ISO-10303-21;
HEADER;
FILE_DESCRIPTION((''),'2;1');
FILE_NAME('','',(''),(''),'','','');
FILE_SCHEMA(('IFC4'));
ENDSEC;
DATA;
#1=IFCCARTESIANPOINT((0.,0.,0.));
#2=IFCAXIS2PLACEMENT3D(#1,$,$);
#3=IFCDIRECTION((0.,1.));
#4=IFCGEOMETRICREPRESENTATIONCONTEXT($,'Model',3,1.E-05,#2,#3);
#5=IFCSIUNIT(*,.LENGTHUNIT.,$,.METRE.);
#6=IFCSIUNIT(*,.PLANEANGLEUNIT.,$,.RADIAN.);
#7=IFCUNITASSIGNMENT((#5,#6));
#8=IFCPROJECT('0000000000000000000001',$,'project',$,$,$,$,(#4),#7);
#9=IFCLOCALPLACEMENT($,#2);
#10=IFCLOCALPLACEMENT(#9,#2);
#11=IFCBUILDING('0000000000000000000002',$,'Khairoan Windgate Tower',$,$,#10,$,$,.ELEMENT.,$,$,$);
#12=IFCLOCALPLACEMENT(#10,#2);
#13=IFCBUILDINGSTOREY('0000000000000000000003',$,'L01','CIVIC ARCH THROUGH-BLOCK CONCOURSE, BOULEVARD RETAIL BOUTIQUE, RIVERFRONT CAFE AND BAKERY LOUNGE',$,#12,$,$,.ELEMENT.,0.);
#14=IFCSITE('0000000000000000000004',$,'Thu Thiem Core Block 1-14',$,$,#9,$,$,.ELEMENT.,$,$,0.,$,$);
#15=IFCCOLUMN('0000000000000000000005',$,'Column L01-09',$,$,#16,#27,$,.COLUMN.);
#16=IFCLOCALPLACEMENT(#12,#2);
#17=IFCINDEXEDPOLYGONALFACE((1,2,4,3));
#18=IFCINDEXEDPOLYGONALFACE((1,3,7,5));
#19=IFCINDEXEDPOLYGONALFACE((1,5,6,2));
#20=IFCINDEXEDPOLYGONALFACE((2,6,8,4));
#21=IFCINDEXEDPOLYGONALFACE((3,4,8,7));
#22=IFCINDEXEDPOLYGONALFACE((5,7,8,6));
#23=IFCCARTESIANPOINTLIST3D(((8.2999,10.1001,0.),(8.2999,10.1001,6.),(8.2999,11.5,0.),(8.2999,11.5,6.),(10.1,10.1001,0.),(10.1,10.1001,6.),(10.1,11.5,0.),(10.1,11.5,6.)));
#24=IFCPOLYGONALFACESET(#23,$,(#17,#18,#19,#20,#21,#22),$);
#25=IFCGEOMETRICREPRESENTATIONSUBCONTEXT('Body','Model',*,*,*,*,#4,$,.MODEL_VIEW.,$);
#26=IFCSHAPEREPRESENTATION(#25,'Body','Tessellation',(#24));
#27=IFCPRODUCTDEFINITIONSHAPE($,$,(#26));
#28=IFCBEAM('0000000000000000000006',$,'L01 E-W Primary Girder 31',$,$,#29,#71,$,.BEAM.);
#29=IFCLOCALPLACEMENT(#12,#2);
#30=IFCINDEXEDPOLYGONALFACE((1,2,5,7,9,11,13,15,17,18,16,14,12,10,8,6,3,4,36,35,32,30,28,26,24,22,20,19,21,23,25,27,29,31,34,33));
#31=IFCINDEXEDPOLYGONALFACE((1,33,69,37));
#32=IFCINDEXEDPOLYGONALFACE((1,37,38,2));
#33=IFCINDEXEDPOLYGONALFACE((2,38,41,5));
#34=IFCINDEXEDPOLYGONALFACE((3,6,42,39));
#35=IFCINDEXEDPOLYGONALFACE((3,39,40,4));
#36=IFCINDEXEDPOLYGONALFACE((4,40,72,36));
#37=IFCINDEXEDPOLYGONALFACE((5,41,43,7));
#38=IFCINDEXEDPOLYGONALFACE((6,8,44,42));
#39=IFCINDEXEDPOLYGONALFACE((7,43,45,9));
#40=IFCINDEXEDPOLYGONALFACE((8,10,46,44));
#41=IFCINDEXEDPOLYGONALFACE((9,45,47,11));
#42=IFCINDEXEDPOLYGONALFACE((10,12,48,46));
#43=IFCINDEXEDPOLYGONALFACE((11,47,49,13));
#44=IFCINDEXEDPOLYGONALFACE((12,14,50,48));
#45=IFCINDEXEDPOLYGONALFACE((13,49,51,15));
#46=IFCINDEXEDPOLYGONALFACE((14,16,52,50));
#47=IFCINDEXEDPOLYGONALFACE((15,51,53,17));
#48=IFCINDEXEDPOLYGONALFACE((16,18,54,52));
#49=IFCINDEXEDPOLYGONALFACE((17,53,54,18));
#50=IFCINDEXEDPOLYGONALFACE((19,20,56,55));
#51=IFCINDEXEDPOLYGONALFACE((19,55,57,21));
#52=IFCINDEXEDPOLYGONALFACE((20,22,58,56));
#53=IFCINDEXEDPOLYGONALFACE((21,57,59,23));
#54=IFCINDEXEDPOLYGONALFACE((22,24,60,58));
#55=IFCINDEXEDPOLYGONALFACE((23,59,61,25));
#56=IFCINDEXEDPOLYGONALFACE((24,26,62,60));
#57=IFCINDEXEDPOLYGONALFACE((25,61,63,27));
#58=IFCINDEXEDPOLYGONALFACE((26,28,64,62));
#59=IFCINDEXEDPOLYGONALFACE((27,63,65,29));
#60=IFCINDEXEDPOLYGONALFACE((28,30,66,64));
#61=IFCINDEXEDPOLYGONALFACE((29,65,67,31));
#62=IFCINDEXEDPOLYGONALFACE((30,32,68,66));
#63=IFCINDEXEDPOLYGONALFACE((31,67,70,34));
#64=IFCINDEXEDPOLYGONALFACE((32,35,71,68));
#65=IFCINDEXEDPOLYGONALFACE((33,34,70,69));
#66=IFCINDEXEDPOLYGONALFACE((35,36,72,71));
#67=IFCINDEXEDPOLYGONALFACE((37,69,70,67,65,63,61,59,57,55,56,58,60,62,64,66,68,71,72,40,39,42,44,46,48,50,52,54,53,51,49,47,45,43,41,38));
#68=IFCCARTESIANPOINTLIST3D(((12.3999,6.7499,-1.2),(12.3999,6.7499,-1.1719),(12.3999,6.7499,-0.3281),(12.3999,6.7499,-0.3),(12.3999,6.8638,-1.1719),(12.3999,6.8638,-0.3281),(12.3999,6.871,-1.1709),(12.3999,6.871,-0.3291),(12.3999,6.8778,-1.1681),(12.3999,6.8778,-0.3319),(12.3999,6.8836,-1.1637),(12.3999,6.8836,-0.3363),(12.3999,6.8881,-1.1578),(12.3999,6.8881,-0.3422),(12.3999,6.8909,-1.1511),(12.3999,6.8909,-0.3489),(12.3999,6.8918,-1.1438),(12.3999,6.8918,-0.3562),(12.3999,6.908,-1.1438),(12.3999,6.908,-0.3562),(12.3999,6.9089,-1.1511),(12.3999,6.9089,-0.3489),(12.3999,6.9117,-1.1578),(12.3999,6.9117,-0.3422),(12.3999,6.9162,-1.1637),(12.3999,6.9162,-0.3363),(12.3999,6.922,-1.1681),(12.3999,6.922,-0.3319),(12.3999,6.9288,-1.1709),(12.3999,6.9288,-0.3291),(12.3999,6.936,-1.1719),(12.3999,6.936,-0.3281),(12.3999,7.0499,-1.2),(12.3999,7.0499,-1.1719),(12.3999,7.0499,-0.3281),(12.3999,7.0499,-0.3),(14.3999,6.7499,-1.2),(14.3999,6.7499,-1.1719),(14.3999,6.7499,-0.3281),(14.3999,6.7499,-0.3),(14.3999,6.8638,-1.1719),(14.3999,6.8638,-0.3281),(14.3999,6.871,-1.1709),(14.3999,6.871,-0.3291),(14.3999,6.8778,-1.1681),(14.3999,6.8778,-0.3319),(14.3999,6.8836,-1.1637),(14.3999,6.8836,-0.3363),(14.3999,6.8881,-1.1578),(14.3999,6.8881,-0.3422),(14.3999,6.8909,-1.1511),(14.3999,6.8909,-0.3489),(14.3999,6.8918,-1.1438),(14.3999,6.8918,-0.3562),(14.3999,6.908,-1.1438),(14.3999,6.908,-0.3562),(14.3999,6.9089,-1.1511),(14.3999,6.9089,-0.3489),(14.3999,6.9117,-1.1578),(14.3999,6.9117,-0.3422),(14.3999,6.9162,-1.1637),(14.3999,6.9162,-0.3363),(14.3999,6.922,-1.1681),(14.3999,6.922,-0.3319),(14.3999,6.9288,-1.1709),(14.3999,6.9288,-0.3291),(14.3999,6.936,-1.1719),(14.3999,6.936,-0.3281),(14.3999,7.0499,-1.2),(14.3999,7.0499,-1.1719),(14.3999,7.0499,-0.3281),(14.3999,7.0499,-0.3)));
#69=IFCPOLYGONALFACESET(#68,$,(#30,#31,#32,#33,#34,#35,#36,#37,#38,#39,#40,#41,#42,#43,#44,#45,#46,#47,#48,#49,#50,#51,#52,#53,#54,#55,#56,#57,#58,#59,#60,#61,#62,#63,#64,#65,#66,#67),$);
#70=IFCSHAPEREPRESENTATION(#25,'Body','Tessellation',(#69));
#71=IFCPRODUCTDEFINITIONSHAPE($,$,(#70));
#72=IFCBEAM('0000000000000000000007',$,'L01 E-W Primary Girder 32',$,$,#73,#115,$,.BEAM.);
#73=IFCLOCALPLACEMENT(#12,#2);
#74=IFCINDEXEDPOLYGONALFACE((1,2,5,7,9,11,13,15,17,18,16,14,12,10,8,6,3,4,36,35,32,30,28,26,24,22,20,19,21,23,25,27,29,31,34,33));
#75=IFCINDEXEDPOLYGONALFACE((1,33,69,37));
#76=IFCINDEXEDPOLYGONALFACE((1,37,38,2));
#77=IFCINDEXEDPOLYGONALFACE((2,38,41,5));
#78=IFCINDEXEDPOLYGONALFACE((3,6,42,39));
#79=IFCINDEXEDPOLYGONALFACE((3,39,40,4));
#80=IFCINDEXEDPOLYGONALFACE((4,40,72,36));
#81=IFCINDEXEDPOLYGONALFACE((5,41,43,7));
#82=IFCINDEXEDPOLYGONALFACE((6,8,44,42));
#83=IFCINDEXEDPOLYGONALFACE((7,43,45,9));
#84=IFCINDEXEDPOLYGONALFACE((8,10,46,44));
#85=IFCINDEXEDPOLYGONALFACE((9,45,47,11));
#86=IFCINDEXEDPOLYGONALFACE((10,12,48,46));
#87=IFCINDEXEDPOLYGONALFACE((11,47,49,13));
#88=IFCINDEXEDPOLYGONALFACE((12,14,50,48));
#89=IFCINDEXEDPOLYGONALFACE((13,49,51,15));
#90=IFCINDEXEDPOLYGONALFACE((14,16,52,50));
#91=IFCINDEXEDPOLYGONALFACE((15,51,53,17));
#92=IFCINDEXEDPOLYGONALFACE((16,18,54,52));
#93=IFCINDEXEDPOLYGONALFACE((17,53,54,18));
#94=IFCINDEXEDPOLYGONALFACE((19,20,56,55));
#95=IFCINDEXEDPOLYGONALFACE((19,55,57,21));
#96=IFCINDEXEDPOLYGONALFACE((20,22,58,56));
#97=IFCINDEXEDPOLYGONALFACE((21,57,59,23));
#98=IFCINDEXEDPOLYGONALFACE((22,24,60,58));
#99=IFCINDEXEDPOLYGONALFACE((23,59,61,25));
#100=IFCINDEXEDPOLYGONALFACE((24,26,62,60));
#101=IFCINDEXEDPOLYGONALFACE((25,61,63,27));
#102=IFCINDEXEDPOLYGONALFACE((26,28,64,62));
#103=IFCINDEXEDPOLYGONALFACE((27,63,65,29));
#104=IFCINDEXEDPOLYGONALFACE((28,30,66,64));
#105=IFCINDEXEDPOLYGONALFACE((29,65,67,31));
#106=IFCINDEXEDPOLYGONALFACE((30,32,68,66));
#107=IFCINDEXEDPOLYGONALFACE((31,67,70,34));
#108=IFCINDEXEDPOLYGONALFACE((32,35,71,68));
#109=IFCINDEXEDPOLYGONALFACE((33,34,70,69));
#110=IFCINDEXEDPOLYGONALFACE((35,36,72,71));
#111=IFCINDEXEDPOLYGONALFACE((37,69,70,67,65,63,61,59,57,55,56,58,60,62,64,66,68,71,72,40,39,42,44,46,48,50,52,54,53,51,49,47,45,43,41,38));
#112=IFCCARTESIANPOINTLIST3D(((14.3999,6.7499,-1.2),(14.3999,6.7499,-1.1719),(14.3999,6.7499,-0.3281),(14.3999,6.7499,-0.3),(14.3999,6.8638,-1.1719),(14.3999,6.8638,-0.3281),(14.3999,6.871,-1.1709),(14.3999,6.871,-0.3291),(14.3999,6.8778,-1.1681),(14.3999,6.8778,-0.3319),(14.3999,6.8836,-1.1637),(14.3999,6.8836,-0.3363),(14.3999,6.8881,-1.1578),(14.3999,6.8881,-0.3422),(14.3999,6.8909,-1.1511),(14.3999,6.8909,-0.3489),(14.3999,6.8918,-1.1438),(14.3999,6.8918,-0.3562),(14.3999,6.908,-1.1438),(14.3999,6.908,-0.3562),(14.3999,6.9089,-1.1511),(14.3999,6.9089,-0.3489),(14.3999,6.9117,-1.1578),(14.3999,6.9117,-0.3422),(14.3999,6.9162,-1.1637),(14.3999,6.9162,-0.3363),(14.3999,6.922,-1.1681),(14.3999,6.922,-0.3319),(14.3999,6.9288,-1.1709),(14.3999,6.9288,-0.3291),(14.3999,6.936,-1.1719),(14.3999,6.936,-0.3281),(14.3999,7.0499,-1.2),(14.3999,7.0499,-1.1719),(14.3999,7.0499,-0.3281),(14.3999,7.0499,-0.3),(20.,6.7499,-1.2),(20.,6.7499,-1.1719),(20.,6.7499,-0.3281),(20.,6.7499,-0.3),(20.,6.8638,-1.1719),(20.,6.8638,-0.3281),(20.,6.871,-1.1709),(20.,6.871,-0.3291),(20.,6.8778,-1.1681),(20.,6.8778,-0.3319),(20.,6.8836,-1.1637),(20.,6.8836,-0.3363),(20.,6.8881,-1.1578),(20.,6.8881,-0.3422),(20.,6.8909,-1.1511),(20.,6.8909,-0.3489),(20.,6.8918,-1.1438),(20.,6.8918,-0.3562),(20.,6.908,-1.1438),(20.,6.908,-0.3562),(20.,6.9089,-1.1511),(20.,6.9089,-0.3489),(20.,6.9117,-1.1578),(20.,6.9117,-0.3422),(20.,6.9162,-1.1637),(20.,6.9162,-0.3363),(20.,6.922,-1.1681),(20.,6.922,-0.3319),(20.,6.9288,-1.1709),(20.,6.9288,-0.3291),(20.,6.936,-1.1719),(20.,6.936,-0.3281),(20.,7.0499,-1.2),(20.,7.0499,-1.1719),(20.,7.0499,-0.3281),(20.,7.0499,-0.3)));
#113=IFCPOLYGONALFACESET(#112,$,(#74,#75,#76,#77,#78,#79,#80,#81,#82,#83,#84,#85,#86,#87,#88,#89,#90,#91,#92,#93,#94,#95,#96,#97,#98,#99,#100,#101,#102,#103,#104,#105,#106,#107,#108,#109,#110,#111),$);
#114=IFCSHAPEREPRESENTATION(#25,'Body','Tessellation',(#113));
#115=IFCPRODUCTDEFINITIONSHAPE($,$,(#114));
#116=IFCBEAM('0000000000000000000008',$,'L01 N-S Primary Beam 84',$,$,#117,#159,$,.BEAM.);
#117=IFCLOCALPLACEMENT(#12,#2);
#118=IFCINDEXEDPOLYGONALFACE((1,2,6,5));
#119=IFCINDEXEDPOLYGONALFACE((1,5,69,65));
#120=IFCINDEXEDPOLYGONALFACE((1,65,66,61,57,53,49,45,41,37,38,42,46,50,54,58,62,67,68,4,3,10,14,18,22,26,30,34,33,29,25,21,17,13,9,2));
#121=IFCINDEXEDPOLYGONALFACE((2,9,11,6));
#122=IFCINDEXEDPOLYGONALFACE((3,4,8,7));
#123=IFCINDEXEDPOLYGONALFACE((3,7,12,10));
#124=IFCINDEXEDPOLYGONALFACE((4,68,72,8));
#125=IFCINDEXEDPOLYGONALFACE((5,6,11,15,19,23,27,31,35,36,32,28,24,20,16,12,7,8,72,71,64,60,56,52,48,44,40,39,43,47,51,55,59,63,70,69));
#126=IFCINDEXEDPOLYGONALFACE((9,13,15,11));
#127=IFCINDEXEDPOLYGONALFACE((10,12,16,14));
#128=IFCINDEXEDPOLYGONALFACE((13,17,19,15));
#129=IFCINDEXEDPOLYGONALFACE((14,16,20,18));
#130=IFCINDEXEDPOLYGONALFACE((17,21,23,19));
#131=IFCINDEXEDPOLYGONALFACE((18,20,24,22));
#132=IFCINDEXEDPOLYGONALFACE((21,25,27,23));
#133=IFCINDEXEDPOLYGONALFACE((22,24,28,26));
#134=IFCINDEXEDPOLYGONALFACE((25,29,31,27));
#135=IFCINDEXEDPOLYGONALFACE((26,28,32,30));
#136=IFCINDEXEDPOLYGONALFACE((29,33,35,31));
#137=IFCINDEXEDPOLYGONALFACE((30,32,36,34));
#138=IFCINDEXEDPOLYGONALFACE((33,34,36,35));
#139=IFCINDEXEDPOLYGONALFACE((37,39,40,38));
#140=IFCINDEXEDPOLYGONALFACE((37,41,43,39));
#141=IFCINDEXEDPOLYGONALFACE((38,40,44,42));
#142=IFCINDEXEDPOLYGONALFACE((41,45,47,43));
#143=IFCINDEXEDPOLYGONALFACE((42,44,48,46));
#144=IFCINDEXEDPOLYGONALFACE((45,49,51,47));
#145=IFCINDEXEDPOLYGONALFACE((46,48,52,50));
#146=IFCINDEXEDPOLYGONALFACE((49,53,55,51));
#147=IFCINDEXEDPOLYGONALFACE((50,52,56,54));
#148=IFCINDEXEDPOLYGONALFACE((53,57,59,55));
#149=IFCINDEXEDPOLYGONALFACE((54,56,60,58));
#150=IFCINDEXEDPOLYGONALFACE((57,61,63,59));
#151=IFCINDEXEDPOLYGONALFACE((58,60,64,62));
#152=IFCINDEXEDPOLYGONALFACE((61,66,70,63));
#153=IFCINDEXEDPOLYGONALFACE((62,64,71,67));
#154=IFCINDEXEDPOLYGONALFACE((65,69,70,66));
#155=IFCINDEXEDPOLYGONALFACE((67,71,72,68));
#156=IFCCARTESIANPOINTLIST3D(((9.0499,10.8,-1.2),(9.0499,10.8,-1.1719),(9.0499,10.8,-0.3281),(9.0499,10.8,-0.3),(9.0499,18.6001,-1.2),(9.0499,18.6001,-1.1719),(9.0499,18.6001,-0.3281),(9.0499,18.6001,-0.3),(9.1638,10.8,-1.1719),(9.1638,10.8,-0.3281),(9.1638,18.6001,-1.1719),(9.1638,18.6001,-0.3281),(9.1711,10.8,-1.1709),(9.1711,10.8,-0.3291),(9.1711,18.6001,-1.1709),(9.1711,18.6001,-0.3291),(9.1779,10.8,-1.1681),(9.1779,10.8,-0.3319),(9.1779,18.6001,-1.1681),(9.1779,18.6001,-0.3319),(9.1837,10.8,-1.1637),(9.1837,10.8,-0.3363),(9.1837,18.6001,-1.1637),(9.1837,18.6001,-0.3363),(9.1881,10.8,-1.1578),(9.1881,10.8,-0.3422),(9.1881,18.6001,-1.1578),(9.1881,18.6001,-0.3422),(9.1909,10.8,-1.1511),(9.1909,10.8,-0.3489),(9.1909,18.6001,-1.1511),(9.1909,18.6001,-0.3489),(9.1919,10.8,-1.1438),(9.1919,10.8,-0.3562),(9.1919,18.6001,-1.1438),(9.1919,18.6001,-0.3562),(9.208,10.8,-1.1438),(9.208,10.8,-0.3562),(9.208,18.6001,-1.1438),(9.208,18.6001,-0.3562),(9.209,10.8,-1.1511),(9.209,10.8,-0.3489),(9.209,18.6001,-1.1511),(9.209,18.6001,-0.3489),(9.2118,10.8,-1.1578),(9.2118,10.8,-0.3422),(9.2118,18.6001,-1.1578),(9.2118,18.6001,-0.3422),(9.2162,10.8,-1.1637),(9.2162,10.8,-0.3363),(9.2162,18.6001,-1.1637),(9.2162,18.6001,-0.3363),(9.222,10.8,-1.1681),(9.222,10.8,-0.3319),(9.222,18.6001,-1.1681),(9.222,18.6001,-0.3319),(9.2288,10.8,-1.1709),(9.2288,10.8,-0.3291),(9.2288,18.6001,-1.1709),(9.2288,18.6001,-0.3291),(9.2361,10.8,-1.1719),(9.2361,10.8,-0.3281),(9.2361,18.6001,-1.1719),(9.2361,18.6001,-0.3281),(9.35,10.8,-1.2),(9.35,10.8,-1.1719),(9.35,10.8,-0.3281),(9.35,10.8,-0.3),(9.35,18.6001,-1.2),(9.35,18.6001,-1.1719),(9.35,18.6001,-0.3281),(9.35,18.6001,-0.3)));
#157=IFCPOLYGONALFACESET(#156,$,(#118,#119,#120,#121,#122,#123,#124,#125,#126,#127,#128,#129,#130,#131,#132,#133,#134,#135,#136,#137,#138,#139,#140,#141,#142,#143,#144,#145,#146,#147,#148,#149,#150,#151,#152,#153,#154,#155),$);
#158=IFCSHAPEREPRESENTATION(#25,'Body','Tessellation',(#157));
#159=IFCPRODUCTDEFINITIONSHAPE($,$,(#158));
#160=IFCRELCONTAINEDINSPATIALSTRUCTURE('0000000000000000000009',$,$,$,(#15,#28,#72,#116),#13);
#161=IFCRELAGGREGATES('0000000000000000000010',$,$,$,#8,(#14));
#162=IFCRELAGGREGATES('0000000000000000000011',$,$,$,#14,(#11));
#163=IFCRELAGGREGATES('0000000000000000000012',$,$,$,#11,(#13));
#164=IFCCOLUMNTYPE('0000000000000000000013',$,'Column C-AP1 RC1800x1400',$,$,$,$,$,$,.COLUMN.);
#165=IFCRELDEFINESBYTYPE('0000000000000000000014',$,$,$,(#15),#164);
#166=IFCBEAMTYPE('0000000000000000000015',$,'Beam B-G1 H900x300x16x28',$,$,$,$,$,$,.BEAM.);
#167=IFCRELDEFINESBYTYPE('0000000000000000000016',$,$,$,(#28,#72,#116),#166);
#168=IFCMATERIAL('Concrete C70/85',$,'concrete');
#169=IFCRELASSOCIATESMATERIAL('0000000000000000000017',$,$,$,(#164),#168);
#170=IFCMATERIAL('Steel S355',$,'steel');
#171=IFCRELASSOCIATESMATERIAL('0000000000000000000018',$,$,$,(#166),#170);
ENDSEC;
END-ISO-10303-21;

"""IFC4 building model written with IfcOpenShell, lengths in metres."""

from ifc_helpers import new_model, si_unit, direction, frame, origin, origin_2d, place, context, subcontext, project, spatial, rectangle, i_section, extrude, material, material_profile, profile_set, type_object, element, save


model = new_model("IFC4")

# Units and contexts
model_context = context("Model", 3, precision=1e-05, world=origin(), true_north=direction((0.0, 1.0)))
body_context = subcontext(model_context, "Body", "Model", "MODEL_VIEW")
ifc_project = project(units=[si_unit("LENGTHUNIT", "METRE"), si_unit("PLANEANGLEUNIT", "RADIAN")], contexts=[model_context])

# Site, building, storey
site_placement = place(None, origin())
site = spatial("IfcSite", under=ifc_project, at=site_placement, Name="Thu Thiem Core Block 1-14", CompositionType="ELEMENT", RefElevation=0.0)
building_placement = place(site_placement, origin())
building = spatial("IfcBuilding", under=site, at=building_placement, Name="Khairoan Windgate Tower", CompositionType="ELEMENT")
storey_placement = place(building_placement, origin())
storey = spatial("IfcBuildingStorey", under=building, at=storey_placement, Name="L01", Description="CIVIC ARCH THROUGH-BLOCK CONCOURSE, BOULEVARD RETAIL BOUTIQUE, RIVERFRONT CAFE AND BAKERY LOUNGE", CompositionType="ELEMENT", Elevation=0.0)

# Column
ifc_material_1 = material(Name="Concrete C70/85", Category="concrete")
ifc_material_profile_1 = material_profile(ifc_material_1, rectangle(XDim=1.8, YDim=1.3999, at=origin_2d()))
ifc_profile_set_1 = profile_set([ifc_material_profile_1], Name="Concrete C70/85")
column_type = type_object("IfcColumnType", Name="Column C-AP1 RC1800x1400", PredefinedType="COLUMN", material=ifc_profile_set_1)
column_placement = place(storey_placement, frame((9.2, 10.8, 0.0), z_axis=(0.0, 0.0, 1.0), x_axis=(1.0, 0.0, 0.0)))
element("IfcColumn", 1, at=column_placement, inside=storey, type_object=column_type, Name="Column L01-09", PredefinedType="COLUMN", context=body_context, shape_type="SweptSolid", body=[
    extrude(rectangle(XDim=1.8, YDim=1.3999, at=origin_2d()), origin(), (0.0, 0.0, 1.0), 6.0),
])

# Beams
ifc_material_2 = material(Name="Steel S355", Category="steel")
ifc_material_profile_2 = material_profile(ifc_material_2, i_section(OverallWidth=0.3, OverallDepth=0.8999, WebThickness=0.0161, FlangeThickness=0.0281, FilletRadius=0.0281, at=origin_2d()))
ifc_profile_set_2 = profile_set([ifc_material_profile_2], Name="Steel S355")
beam_type_1 = type_object("IfcBeamType", Name="Beam B-G1 H900x300x16x28", PredefinedType="BEAM", material=ifc_profile_set_2)
beam_1_placement = place(storey_placement, frame((12.3999, 6.8999, -0.75), z_axis=(1.0, 0.0, 0.0), x_axis=(0.0, 1.0, 0.0)))
element("IfcBeam", 2, at=beam_1_placement, inside=storey, type_object=beam_type_1, Name="L01 E-W Primary Girder 31", PredefinedType="BEAM", context=body_context, shape_type="SweptSolid", body=[
    extrude(i_section(OverallWidth=0.3, OverallDepth=0.8999, WebThickness=0.0161, FlangeThickness=0.0281, FilletRadius=0.0281, at=origin_2d()), origin(), (0.0, 0.0, 1.0), 2.0),
])
beam_2_placement = place(storey_placement, frame((14.3999, 6.8999, -0.75), z_axis=(1.0, 0.0, 0.0), x_axis=(0.0, 1.0, 0.0)))
element("IfcBeam", 3, at=beam_2_placement, inside=storey, type_object=beam_type_1, Name="L01 E-W Primary Girder 32", PredefinedType="BEAM", context=body_context, shape_type="SweptSolid", body=[
    extrude(i_section(OverallWidth=0.3, OverallDepth=0.8999, WebThickness=0.0161, FlangeThickness=0.0281, FilletRadius=0.0281, at=origin_2d()), origin(), (0.0, 0.0, 1.0), 5.6001),
])
beam_3_placement = place(storey_placement, frame((9.2, 10.8, -0.75), z_axis=(0.0, 1.0, 0.0), x_axis=(-1.0, 0.0, 0.0)))
element("IfcBeam", 4, at=beam_3_placement, inside=storey, type_object=beam_type_1, Name="L01 N-S Primary Beam 84", PredefinedType="BEAM", context=body_context, shape_type="SweptSolid", body=[
    extrude(i_section(OverallWidth=0.3, OverallDepth=0.8999, WebThickness=0.0161, FlangeThickness=0.0281, FilletRadius=0.0281, at=origin_2d()), origin(), (0.0, 0.0, 1.0), 7.8),
])

save(model, "model.ifc")
